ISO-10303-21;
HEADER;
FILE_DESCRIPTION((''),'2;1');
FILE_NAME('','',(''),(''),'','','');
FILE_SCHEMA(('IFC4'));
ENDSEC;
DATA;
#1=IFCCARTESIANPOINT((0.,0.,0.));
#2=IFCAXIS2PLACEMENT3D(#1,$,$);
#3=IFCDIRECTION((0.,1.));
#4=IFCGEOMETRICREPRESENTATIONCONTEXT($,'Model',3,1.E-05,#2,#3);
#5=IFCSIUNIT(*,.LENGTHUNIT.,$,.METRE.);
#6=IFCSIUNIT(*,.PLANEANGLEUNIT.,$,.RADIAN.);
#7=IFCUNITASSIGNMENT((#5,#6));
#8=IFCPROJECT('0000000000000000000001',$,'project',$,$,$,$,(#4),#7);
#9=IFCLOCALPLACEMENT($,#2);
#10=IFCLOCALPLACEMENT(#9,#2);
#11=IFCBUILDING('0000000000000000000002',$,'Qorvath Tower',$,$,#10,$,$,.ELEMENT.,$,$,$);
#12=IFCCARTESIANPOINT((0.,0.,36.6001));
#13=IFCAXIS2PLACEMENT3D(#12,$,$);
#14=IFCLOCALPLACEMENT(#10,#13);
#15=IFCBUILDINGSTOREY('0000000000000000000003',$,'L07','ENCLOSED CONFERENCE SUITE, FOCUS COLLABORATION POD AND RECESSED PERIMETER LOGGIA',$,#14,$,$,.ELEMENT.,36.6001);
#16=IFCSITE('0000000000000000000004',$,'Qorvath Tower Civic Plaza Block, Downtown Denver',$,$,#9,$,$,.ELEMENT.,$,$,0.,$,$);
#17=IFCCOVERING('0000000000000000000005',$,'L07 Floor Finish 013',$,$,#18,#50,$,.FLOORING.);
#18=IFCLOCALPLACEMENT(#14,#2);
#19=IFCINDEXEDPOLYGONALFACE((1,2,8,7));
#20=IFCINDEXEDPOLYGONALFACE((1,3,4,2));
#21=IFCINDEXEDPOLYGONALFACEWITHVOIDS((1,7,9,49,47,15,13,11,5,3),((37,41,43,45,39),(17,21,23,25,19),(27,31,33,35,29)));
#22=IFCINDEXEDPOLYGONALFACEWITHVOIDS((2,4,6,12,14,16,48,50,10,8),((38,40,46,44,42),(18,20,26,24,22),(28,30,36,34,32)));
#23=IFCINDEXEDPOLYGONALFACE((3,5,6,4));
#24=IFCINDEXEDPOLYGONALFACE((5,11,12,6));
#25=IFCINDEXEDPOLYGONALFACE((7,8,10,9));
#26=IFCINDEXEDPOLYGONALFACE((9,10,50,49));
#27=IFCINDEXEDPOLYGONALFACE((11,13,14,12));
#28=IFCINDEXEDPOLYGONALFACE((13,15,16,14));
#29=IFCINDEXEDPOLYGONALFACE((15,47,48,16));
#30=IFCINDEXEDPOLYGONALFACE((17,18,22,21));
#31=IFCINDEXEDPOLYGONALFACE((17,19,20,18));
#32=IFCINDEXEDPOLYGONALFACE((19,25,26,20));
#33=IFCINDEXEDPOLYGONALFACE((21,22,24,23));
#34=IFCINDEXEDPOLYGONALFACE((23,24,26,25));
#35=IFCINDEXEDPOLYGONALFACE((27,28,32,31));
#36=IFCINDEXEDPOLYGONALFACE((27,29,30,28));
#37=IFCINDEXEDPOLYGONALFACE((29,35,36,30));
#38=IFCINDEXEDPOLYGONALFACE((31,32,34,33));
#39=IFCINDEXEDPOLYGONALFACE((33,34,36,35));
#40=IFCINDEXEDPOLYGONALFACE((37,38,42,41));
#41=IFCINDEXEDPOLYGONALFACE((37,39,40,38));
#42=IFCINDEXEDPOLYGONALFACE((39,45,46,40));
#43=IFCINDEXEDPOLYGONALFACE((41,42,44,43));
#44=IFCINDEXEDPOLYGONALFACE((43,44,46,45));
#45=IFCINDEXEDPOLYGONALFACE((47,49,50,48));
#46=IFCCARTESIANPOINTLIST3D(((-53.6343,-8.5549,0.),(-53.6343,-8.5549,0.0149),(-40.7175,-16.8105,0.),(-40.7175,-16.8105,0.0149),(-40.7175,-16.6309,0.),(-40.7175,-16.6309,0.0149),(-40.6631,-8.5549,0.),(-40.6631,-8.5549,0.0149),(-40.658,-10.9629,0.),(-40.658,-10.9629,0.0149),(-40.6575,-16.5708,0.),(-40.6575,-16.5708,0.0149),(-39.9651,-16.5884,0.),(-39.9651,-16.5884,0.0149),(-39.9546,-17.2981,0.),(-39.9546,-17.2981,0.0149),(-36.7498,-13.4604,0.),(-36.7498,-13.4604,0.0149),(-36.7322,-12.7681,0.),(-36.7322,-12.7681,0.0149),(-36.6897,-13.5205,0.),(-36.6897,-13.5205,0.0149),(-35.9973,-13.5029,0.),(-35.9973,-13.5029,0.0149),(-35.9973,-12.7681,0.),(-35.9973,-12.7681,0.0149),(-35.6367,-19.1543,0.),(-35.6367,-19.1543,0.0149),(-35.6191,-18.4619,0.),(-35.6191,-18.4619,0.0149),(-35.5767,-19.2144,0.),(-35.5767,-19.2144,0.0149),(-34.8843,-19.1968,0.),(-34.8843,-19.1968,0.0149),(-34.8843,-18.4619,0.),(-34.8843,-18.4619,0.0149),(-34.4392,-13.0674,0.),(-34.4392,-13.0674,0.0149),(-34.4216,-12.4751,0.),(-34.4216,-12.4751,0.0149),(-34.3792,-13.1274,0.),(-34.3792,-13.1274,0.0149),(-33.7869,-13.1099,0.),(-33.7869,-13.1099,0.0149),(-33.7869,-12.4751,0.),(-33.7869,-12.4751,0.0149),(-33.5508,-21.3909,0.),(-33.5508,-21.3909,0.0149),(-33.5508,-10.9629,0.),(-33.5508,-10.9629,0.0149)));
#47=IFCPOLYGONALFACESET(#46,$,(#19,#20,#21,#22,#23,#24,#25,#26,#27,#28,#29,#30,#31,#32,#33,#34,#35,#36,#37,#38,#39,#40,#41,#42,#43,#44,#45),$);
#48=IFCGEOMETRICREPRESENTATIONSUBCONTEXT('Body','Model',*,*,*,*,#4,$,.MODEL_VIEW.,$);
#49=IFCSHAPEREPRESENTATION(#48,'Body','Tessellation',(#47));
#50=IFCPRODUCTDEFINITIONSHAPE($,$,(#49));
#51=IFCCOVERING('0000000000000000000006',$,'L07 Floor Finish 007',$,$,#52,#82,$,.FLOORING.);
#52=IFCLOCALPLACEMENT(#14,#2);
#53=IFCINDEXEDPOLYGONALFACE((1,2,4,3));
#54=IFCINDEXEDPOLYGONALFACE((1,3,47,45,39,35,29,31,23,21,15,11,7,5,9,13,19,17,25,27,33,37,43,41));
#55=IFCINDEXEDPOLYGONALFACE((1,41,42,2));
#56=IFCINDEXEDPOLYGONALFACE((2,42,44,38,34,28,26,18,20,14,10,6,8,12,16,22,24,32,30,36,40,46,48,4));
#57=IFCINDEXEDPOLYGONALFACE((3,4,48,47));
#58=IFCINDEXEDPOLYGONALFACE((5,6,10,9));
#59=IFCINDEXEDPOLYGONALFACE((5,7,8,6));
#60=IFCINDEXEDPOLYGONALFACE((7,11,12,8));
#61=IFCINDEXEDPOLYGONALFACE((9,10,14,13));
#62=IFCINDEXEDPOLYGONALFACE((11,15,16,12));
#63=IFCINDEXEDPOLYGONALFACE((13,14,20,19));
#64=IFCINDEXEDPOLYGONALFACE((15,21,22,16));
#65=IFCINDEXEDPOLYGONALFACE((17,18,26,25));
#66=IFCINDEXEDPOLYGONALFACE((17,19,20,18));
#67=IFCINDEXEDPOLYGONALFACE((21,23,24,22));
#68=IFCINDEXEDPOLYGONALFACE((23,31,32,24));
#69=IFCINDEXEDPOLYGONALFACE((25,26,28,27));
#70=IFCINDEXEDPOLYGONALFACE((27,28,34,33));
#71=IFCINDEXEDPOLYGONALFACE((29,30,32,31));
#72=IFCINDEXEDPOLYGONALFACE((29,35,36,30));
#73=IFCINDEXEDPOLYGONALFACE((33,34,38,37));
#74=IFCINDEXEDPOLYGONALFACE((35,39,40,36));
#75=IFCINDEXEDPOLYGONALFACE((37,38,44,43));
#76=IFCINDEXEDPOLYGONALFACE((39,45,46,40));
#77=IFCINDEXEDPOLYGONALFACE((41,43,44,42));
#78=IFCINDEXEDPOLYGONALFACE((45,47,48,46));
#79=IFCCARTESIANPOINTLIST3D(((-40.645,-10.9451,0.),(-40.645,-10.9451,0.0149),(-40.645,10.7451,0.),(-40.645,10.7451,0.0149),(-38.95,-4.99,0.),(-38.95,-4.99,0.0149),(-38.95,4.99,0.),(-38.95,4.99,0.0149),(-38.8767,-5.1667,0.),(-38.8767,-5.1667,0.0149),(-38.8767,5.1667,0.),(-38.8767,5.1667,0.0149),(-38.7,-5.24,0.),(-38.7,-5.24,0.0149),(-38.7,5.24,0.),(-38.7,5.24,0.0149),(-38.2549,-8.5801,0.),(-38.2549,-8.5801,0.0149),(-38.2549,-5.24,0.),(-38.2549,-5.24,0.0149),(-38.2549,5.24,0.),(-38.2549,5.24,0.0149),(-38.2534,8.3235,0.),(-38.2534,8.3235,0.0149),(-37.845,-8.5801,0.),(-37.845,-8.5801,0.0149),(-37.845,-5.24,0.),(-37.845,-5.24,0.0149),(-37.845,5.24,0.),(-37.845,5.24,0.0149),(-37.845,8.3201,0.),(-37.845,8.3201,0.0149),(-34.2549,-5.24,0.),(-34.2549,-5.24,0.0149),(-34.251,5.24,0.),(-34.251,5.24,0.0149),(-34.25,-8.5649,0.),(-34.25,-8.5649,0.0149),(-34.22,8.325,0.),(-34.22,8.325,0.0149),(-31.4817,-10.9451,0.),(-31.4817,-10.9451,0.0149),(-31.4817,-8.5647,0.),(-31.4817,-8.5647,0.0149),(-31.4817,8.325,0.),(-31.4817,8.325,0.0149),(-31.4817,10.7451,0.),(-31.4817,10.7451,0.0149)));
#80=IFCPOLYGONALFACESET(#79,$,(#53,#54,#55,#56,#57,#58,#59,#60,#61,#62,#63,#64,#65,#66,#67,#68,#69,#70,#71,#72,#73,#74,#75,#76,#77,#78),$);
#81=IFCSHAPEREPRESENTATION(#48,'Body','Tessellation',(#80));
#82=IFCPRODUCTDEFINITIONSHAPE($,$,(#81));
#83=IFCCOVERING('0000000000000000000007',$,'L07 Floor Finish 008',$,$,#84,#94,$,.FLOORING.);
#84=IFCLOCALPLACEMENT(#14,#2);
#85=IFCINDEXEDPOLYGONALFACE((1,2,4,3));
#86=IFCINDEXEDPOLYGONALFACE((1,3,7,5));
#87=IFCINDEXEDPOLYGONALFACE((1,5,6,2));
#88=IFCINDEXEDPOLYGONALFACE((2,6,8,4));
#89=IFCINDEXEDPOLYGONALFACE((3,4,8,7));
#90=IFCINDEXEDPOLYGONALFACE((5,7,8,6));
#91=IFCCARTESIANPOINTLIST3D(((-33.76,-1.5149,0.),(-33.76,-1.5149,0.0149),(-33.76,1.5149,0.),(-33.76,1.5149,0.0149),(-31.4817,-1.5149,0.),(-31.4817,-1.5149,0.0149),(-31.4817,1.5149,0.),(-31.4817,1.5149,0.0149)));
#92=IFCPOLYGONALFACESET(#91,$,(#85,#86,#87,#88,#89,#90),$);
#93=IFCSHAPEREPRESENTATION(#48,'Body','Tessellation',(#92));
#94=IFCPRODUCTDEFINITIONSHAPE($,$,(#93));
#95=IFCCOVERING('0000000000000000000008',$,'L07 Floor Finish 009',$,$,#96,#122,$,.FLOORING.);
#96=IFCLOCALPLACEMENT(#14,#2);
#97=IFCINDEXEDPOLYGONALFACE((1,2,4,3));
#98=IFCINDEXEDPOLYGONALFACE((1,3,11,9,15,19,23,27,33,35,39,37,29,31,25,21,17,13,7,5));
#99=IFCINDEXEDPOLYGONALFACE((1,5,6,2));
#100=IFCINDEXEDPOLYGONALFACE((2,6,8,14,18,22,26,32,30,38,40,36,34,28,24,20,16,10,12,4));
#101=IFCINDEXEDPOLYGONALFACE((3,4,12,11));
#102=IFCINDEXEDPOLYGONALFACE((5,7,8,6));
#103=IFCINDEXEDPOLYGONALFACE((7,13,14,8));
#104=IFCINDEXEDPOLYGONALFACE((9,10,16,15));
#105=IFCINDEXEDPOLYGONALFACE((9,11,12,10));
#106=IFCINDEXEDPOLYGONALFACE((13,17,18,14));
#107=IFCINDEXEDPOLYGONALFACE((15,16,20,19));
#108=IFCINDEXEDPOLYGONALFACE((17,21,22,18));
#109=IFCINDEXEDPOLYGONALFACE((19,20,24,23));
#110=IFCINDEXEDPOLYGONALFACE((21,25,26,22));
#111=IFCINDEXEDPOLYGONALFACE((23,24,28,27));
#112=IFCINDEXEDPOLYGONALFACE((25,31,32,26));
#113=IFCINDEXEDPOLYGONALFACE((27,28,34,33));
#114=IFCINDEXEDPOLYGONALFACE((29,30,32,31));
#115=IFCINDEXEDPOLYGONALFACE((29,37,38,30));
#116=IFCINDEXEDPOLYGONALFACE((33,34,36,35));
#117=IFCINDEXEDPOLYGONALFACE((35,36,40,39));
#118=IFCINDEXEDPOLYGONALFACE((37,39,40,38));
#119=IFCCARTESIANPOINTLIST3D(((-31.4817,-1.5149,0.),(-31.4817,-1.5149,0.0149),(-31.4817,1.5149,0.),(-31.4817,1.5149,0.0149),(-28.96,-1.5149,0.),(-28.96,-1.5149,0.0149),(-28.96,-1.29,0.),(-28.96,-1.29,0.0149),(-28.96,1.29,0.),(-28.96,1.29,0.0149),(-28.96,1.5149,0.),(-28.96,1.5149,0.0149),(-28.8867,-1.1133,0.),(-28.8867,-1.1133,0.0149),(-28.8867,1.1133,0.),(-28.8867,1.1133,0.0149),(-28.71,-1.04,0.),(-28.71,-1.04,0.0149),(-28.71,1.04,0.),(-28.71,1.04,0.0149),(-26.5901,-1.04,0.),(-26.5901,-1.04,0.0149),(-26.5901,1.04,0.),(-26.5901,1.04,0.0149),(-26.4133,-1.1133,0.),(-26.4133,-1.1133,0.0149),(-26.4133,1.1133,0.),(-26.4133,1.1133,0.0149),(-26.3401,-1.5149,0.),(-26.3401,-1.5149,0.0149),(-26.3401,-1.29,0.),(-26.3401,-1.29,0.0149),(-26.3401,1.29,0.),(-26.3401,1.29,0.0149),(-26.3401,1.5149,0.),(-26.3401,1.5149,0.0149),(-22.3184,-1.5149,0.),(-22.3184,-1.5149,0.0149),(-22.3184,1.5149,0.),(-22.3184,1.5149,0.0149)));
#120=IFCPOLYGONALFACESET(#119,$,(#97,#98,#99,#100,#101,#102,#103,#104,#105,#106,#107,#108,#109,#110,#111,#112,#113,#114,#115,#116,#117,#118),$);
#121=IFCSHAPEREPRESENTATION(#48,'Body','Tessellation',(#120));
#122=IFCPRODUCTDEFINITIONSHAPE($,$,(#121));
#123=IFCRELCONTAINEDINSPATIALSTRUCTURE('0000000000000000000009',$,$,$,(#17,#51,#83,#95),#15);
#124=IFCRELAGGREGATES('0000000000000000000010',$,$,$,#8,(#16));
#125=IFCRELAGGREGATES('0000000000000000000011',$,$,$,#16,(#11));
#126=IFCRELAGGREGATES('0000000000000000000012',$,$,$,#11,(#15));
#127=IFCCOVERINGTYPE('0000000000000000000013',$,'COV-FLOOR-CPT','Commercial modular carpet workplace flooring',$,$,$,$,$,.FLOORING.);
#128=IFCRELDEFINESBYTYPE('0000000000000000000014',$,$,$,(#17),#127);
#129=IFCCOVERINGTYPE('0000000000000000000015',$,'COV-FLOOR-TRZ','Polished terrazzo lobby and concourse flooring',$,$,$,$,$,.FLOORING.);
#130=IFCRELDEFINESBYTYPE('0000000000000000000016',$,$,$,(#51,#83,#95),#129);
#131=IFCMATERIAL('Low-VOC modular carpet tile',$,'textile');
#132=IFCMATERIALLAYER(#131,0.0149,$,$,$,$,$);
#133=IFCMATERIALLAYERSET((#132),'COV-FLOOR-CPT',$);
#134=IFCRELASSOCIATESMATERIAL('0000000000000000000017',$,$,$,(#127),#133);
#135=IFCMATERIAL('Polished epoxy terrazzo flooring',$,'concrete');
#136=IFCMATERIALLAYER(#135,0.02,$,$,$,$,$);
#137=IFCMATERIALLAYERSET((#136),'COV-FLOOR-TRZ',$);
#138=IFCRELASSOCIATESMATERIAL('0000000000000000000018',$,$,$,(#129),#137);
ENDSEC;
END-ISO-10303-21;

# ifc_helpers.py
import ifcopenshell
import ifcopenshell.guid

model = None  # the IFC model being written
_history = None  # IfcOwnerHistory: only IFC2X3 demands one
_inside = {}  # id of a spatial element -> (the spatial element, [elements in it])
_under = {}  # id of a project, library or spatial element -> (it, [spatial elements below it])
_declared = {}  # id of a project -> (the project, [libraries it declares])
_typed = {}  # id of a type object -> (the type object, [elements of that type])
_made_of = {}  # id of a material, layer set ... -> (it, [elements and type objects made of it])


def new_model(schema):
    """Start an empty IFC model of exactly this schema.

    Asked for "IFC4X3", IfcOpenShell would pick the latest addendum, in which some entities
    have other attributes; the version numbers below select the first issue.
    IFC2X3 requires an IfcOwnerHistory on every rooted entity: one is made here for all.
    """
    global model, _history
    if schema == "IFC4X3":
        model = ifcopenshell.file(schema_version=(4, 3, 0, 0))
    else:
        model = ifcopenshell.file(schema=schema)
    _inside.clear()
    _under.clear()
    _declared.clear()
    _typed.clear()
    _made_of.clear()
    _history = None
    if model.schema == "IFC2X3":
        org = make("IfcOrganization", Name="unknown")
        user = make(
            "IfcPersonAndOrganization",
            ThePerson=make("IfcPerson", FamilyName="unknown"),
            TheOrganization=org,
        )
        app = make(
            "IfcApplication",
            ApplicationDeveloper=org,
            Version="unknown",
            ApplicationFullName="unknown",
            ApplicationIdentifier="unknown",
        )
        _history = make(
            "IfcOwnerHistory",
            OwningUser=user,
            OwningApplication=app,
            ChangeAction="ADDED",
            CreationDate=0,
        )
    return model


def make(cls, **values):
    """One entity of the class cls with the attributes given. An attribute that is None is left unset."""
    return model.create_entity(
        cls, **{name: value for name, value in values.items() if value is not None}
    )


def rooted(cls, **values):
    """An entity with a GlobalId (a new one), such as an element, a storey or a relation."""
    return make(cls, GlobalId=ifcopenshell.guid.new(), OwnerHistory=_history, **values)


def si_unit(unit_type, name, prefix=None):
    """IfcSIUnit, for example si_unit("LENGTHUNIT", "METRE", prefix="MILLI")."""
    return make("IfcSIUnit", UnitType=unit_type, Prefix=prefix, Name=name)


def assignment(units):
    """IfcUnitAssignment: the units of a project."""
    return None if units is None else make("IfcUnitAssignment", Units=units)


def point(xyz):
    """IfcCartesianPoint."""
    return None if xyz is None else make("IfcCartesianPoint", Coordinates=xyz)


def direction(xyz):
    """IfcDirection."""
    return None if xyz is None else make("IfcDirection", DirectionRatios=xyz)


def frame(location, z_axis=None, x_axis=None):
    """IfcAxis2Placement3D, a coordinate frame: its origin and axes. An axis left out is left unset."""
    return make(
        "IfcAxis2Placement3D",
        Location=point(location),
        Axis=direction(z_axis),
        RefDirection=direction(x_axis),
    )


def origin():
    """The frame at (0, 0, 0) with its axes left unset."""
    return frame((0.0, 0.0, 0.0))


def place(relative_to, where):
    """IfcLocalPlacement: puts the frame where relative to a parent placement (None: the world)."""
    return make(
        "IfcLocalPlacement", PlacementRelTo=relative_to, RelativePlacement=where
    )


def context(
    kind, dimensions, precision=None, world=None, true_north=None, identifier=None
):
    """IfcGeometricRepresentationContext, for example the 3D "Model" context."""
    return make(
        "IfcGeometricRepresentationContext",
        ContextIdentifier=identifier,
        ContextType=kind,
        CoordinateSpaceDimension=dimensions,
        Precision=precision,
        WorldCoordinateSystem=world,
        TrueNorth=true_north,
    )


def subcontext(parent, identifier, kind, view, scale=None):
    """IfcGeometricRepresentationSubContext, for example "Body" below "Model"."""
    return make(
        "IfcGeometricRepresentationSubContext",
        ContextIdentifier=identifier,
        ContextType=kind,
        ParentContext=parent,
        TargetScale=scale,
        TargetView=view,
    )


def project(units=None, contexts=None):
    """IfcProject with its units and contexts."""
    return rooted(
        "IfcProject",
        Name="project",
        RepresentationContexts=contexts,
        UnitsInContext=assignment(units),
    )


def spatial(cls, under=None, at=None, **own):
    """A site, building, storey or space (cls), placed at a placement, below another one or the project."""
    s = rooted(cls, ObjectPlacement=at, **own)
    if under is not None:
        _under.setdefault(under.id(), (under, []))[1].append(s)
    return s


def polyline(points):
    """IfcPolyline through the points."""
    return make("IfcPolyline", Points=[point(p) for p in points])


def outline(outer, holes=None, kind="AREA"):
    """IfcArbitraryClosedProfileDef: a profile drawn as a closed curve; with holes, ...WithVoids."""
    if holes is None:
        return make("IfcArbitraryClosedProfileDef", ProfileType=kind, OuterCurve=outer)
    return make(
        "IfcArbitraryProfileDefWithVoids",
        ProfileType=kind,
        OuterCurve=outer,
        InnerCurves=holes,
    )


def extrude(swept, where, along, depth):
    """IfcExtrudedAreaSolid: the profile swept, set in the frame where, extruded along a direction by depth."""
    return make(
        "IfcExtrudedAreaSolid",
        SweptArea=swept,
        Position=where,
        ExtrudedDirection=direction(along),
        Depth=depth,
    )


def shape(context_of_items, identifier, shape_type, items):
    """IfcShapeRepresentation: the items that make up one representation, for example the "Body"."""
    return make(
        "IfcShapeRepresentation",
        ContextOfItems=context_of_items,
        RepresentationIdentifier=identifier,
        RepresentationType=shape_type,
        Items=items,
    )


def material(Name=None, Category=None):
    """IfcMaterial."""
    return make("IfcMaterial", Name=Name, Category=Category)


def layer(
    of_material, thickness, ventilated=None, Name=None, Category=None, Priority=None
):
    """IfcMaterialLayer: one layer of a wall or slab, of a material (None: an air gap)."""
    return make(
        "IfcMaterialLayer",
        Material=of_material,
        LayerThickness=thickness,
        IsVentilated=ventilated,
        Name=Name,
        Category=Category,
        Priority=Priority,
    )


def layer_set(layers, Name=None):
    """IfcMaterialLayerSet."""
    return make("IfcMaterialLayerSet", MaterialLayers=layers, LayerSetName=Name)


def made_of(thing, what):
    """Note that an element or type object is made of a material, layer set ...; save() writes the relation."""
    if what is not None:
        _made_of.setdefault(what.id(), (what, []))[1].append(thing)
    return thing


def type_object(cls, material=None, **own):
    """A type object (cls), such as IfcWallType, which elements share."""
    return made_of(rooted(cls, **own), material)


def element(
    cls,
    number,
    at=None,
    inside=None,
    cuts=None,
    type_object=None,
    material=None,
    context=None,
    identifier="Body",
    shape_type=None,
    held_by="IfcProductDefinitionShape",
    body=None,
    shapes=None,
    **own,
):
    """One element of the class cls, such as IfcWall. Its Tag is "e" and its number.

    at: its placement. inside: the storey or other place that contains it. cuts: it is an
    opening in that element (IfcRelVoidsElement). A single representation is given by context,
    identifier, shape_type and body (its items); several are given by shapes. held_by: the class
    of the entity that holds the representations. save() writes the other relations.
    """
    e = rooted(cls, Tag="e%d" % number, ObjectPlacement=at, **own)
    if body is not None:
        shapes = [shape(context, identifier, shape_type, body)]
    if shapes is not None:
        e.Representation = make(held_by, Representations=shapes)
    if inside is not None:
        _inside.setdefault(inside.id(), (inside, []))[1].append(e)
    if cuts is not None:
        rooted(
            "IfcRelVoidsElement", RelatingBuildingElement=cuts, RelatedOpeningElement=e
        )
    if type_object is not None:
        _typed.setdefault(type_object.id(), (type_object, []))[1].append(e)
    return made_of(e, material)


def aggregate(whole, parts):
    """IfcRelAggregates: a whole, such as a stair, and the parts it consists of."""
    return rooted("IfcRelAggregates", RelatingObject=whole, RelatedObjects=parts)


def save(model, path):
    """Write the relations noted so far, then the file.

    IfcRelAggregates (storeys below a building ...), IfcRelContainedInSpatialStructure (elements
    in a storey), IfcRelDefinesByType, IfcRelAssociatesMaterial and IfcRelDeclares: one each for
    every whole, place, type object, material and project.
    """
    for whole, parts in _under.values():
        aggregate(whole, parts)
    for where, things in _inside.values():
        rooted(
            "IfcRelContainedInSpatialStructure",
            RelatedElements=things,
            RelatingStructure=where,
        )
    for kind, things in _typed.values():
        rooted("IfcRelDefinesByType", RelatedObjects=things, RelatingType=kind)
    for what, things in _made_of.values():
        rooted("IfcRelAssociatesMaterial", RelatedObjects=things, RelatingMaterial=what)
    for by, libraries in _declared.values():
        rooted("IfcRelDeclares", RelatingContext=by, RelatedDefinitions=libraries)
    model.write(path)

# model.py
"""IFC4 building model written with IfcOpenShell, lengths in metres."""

from ifc_helpers import new_model, si_unit, direction, frame, origin, place, context, subcontext, project, spatial, polyline, outline, extrude, material, layer, layer_set, type_object, element, save


model = new_model("IFC4")

# Units and contexts
model_context = context("Model", 3, precision=1e-05, world=origin(), true_north=direction((0.0, 1.0)))
body_context = subcontext(model_context, "Body", "Model", "MODEL_VIEW")
ifc_project = project(units=[si_unit("LENGTHUNIT", "METRE"), si_unit("PLANEANGLEUNIT", "RADIAN")], contexts=[model_context])

# Site, building, storey
site_placement = place(None, origin())
site = spatial("IfcSite", under=ifc_project, at=site_placement, Name="Qorvath Tower Civic Plaza Block, Downtown Denver", CompositionType="ELEMENT", RefElevation=0.0)
building_placement = place(site_placement, origin())
building = spatial("IfcBuilding", under=site, at=building_placement, Name="Qorvath Tower", CompositionType="ELEMENT")
storey_placement = place(building_placement, frame((0.0, 0.0, 36.6001)))
storey = spatial("IfcBuildingStorey", under=building, at=storey_placement, Name="L07", Description="ENCLOSED CONFERENCE SUITE, FOCUS COLLABORATION POD AND RECESSED PERIMETER LOGGIA", CompositionType="ELEMENT", Elevation=36.6001)

# Coverings
ifc_material_1 = material(Name="Low-VOC modular carpet tile", Category="textile")
ifc_layer_1 = layer(ifc_material_1, 0.0149)
ifc_layer_set_1 = layer_set([ifc_layer_1], Name="COV-FLOOR-CPT")
covering_type_1 = type_object("IfcCoveringType", Name="COV-FLOOR-CPT", Description="Commercial modular carpet workplace flooring", PredefinedType="FLOORING", material=ifc_layer_set_1)
covering_1_placement = place(storey_placement, origin())
element("IfcCovering", 1, at=covering_1_placement, inside=storey, type_object=covering_type_1, Name="L07 Floor Finish 013", PredefinedType="FLOORING", context=body_context, shape_type="SweptSolid", body=[
    extrude(outline(polyline([(-33.5508, -21.3909), (-33.5508, -10.9629), (-40.658, -10.9629), (-40.6631, -8.5549), (-53.6343, -8.5549), (-40.7175, -16.8105), (-40.7175, -16.6309), (-40.6575, -16.5708), (-39.9651, -16.5884), (-39.9546, -17.2981), (-33.5508, -21.3909)]), holes=[polyline([(-34.4392, -13.0674), (-34.4216, -12.4751), (-33.7869, -12.4751), (-33.7869, -13.1099), (-34.3792, -13.1274), (-34.4392, -13.0674)]), polyline([(-35.6367, -19.1543), (-35.6191, -18.4619), (-34.8843, -18.4619), (-34.8843, -19.1968), (-35.5767, -19.2144), (-35.6367, -19.1543)]), polyline([(-36.7498, -13.4604), (-36.7322, -12.7681), (-35.9973, -12.7681), (-35.9973, -13.5029), (-36.6897, -13.5205), (-36.7498, -13.4604)])]), origin(), (0.0, 0.0, 1.0), 0.0149),
])
ifc_material_2 = material(Name="Polished epoxy terrazzo flooring", Category="concrete")
ifc_layer_2 = layer(ifc_material_2, 0.02)
ifc_layer_set_2 = layer_set([ifc_layer_2], Name="COV-FLOOR-TRZ")
covering_type_2 = type_object("IfcCoveringType", Name="COV-FLOOR-TRZ", Description="Polished terrazzo lobby and concourse flooring", PredefinedType="FLOORING", material=ifc_layer_set_2)
covering_2_placement = place(storey_placement, origin())
element("IfcCovering", 2, at=covering_2_placement, inside=storey, type_object=covering_type_2, Name="L07 Floor Finish 007", PredefinedType="FLOORING", context=body_context, shape_type="SweptSolid", body=[
    extrude(outline(polyline([(-31.4817, -10.9451), (-31.4817, -8.5647), (-34.25, -8.5649), (-34.2549, -5.24), (-37.845, -5.24), (-37.845, -8.5801), (-38.2549, -8.5801), (-38.2549, -5.24), (-38.7, -5.24), (-38.8767, -5.1667), (-38.95, -4.99), (-38.95, 4.99), (-38.8767, 5.1667), (-38.7, 5.24), (-38.2549, 5.24), (-38.2534, 8.3235), (-37.845, 8.3201), (-37.845, 5.24), (-34.251, 5.24), (-34.22, 8.325), (-31.4817, 8.325), (-31.4817, 10.7451), (-40.645, 10.7451), (-40.645, -10.9451), (-31.4817, -10.9451)])), origin(), (0.0, 0.0, 1.0), 0.0149),
])
covering_3_placement = place(storey_placement, origin())
element("IfcCovering", 3, at=covering_3_placement, inside=storey, type_object=covering_type_2, Name="L07 Floor Finish 008", PredefinedType="FLOORING", context=body_context, shape_type="SweptSolid", body=[
    extrude(outline(polyline([(-31.4817, -1.5149), (-31.4817, 1.5149), (-33.76, 1.5149), (-33.76, -1.5149), (-31.4817, -1.5149)])), origin(), (0.0, 0.0, 1.0), 0.0149),
])
covering_4_placement = place(storey_placement, origin())
element("IfcCovering", 4, at=covering_4_placement, inside=storey, type_object=covering_type_2, Name="L07 Floor Finish 009", PredefinedType="FLOORING", context=body_context, shape_type="SweptSolid", body=[
    extrude(outline(polyline([(-22.3184, -1.5149), (-22.3184, 1.5149), (-26.3401, 1.5149), (-26.3401, 1.29), (-26.4133, 1.1133), (-26.5901, 1.04), (-28.71, 1.04), (-28.8867, 1.1133), (-28.96, 1.29), (-28.96, 1.5149), (-31.4817, 1.5149), (-31.4817, -1.5149), (-28.96, -1.5149), (-28.96, -1.29), (-28.8867, -1.1133), (-28.71, -1.04), (-26.5901, -1.04), (-26.4133, -1.1133), (-26.3401, -1.29), (-26.3401, -1.5149), (-22.3184, -1.5149)])), origin(), (0.0, 0.0, 1.0), 0.0149),
])

save(model, "model.ifc")
